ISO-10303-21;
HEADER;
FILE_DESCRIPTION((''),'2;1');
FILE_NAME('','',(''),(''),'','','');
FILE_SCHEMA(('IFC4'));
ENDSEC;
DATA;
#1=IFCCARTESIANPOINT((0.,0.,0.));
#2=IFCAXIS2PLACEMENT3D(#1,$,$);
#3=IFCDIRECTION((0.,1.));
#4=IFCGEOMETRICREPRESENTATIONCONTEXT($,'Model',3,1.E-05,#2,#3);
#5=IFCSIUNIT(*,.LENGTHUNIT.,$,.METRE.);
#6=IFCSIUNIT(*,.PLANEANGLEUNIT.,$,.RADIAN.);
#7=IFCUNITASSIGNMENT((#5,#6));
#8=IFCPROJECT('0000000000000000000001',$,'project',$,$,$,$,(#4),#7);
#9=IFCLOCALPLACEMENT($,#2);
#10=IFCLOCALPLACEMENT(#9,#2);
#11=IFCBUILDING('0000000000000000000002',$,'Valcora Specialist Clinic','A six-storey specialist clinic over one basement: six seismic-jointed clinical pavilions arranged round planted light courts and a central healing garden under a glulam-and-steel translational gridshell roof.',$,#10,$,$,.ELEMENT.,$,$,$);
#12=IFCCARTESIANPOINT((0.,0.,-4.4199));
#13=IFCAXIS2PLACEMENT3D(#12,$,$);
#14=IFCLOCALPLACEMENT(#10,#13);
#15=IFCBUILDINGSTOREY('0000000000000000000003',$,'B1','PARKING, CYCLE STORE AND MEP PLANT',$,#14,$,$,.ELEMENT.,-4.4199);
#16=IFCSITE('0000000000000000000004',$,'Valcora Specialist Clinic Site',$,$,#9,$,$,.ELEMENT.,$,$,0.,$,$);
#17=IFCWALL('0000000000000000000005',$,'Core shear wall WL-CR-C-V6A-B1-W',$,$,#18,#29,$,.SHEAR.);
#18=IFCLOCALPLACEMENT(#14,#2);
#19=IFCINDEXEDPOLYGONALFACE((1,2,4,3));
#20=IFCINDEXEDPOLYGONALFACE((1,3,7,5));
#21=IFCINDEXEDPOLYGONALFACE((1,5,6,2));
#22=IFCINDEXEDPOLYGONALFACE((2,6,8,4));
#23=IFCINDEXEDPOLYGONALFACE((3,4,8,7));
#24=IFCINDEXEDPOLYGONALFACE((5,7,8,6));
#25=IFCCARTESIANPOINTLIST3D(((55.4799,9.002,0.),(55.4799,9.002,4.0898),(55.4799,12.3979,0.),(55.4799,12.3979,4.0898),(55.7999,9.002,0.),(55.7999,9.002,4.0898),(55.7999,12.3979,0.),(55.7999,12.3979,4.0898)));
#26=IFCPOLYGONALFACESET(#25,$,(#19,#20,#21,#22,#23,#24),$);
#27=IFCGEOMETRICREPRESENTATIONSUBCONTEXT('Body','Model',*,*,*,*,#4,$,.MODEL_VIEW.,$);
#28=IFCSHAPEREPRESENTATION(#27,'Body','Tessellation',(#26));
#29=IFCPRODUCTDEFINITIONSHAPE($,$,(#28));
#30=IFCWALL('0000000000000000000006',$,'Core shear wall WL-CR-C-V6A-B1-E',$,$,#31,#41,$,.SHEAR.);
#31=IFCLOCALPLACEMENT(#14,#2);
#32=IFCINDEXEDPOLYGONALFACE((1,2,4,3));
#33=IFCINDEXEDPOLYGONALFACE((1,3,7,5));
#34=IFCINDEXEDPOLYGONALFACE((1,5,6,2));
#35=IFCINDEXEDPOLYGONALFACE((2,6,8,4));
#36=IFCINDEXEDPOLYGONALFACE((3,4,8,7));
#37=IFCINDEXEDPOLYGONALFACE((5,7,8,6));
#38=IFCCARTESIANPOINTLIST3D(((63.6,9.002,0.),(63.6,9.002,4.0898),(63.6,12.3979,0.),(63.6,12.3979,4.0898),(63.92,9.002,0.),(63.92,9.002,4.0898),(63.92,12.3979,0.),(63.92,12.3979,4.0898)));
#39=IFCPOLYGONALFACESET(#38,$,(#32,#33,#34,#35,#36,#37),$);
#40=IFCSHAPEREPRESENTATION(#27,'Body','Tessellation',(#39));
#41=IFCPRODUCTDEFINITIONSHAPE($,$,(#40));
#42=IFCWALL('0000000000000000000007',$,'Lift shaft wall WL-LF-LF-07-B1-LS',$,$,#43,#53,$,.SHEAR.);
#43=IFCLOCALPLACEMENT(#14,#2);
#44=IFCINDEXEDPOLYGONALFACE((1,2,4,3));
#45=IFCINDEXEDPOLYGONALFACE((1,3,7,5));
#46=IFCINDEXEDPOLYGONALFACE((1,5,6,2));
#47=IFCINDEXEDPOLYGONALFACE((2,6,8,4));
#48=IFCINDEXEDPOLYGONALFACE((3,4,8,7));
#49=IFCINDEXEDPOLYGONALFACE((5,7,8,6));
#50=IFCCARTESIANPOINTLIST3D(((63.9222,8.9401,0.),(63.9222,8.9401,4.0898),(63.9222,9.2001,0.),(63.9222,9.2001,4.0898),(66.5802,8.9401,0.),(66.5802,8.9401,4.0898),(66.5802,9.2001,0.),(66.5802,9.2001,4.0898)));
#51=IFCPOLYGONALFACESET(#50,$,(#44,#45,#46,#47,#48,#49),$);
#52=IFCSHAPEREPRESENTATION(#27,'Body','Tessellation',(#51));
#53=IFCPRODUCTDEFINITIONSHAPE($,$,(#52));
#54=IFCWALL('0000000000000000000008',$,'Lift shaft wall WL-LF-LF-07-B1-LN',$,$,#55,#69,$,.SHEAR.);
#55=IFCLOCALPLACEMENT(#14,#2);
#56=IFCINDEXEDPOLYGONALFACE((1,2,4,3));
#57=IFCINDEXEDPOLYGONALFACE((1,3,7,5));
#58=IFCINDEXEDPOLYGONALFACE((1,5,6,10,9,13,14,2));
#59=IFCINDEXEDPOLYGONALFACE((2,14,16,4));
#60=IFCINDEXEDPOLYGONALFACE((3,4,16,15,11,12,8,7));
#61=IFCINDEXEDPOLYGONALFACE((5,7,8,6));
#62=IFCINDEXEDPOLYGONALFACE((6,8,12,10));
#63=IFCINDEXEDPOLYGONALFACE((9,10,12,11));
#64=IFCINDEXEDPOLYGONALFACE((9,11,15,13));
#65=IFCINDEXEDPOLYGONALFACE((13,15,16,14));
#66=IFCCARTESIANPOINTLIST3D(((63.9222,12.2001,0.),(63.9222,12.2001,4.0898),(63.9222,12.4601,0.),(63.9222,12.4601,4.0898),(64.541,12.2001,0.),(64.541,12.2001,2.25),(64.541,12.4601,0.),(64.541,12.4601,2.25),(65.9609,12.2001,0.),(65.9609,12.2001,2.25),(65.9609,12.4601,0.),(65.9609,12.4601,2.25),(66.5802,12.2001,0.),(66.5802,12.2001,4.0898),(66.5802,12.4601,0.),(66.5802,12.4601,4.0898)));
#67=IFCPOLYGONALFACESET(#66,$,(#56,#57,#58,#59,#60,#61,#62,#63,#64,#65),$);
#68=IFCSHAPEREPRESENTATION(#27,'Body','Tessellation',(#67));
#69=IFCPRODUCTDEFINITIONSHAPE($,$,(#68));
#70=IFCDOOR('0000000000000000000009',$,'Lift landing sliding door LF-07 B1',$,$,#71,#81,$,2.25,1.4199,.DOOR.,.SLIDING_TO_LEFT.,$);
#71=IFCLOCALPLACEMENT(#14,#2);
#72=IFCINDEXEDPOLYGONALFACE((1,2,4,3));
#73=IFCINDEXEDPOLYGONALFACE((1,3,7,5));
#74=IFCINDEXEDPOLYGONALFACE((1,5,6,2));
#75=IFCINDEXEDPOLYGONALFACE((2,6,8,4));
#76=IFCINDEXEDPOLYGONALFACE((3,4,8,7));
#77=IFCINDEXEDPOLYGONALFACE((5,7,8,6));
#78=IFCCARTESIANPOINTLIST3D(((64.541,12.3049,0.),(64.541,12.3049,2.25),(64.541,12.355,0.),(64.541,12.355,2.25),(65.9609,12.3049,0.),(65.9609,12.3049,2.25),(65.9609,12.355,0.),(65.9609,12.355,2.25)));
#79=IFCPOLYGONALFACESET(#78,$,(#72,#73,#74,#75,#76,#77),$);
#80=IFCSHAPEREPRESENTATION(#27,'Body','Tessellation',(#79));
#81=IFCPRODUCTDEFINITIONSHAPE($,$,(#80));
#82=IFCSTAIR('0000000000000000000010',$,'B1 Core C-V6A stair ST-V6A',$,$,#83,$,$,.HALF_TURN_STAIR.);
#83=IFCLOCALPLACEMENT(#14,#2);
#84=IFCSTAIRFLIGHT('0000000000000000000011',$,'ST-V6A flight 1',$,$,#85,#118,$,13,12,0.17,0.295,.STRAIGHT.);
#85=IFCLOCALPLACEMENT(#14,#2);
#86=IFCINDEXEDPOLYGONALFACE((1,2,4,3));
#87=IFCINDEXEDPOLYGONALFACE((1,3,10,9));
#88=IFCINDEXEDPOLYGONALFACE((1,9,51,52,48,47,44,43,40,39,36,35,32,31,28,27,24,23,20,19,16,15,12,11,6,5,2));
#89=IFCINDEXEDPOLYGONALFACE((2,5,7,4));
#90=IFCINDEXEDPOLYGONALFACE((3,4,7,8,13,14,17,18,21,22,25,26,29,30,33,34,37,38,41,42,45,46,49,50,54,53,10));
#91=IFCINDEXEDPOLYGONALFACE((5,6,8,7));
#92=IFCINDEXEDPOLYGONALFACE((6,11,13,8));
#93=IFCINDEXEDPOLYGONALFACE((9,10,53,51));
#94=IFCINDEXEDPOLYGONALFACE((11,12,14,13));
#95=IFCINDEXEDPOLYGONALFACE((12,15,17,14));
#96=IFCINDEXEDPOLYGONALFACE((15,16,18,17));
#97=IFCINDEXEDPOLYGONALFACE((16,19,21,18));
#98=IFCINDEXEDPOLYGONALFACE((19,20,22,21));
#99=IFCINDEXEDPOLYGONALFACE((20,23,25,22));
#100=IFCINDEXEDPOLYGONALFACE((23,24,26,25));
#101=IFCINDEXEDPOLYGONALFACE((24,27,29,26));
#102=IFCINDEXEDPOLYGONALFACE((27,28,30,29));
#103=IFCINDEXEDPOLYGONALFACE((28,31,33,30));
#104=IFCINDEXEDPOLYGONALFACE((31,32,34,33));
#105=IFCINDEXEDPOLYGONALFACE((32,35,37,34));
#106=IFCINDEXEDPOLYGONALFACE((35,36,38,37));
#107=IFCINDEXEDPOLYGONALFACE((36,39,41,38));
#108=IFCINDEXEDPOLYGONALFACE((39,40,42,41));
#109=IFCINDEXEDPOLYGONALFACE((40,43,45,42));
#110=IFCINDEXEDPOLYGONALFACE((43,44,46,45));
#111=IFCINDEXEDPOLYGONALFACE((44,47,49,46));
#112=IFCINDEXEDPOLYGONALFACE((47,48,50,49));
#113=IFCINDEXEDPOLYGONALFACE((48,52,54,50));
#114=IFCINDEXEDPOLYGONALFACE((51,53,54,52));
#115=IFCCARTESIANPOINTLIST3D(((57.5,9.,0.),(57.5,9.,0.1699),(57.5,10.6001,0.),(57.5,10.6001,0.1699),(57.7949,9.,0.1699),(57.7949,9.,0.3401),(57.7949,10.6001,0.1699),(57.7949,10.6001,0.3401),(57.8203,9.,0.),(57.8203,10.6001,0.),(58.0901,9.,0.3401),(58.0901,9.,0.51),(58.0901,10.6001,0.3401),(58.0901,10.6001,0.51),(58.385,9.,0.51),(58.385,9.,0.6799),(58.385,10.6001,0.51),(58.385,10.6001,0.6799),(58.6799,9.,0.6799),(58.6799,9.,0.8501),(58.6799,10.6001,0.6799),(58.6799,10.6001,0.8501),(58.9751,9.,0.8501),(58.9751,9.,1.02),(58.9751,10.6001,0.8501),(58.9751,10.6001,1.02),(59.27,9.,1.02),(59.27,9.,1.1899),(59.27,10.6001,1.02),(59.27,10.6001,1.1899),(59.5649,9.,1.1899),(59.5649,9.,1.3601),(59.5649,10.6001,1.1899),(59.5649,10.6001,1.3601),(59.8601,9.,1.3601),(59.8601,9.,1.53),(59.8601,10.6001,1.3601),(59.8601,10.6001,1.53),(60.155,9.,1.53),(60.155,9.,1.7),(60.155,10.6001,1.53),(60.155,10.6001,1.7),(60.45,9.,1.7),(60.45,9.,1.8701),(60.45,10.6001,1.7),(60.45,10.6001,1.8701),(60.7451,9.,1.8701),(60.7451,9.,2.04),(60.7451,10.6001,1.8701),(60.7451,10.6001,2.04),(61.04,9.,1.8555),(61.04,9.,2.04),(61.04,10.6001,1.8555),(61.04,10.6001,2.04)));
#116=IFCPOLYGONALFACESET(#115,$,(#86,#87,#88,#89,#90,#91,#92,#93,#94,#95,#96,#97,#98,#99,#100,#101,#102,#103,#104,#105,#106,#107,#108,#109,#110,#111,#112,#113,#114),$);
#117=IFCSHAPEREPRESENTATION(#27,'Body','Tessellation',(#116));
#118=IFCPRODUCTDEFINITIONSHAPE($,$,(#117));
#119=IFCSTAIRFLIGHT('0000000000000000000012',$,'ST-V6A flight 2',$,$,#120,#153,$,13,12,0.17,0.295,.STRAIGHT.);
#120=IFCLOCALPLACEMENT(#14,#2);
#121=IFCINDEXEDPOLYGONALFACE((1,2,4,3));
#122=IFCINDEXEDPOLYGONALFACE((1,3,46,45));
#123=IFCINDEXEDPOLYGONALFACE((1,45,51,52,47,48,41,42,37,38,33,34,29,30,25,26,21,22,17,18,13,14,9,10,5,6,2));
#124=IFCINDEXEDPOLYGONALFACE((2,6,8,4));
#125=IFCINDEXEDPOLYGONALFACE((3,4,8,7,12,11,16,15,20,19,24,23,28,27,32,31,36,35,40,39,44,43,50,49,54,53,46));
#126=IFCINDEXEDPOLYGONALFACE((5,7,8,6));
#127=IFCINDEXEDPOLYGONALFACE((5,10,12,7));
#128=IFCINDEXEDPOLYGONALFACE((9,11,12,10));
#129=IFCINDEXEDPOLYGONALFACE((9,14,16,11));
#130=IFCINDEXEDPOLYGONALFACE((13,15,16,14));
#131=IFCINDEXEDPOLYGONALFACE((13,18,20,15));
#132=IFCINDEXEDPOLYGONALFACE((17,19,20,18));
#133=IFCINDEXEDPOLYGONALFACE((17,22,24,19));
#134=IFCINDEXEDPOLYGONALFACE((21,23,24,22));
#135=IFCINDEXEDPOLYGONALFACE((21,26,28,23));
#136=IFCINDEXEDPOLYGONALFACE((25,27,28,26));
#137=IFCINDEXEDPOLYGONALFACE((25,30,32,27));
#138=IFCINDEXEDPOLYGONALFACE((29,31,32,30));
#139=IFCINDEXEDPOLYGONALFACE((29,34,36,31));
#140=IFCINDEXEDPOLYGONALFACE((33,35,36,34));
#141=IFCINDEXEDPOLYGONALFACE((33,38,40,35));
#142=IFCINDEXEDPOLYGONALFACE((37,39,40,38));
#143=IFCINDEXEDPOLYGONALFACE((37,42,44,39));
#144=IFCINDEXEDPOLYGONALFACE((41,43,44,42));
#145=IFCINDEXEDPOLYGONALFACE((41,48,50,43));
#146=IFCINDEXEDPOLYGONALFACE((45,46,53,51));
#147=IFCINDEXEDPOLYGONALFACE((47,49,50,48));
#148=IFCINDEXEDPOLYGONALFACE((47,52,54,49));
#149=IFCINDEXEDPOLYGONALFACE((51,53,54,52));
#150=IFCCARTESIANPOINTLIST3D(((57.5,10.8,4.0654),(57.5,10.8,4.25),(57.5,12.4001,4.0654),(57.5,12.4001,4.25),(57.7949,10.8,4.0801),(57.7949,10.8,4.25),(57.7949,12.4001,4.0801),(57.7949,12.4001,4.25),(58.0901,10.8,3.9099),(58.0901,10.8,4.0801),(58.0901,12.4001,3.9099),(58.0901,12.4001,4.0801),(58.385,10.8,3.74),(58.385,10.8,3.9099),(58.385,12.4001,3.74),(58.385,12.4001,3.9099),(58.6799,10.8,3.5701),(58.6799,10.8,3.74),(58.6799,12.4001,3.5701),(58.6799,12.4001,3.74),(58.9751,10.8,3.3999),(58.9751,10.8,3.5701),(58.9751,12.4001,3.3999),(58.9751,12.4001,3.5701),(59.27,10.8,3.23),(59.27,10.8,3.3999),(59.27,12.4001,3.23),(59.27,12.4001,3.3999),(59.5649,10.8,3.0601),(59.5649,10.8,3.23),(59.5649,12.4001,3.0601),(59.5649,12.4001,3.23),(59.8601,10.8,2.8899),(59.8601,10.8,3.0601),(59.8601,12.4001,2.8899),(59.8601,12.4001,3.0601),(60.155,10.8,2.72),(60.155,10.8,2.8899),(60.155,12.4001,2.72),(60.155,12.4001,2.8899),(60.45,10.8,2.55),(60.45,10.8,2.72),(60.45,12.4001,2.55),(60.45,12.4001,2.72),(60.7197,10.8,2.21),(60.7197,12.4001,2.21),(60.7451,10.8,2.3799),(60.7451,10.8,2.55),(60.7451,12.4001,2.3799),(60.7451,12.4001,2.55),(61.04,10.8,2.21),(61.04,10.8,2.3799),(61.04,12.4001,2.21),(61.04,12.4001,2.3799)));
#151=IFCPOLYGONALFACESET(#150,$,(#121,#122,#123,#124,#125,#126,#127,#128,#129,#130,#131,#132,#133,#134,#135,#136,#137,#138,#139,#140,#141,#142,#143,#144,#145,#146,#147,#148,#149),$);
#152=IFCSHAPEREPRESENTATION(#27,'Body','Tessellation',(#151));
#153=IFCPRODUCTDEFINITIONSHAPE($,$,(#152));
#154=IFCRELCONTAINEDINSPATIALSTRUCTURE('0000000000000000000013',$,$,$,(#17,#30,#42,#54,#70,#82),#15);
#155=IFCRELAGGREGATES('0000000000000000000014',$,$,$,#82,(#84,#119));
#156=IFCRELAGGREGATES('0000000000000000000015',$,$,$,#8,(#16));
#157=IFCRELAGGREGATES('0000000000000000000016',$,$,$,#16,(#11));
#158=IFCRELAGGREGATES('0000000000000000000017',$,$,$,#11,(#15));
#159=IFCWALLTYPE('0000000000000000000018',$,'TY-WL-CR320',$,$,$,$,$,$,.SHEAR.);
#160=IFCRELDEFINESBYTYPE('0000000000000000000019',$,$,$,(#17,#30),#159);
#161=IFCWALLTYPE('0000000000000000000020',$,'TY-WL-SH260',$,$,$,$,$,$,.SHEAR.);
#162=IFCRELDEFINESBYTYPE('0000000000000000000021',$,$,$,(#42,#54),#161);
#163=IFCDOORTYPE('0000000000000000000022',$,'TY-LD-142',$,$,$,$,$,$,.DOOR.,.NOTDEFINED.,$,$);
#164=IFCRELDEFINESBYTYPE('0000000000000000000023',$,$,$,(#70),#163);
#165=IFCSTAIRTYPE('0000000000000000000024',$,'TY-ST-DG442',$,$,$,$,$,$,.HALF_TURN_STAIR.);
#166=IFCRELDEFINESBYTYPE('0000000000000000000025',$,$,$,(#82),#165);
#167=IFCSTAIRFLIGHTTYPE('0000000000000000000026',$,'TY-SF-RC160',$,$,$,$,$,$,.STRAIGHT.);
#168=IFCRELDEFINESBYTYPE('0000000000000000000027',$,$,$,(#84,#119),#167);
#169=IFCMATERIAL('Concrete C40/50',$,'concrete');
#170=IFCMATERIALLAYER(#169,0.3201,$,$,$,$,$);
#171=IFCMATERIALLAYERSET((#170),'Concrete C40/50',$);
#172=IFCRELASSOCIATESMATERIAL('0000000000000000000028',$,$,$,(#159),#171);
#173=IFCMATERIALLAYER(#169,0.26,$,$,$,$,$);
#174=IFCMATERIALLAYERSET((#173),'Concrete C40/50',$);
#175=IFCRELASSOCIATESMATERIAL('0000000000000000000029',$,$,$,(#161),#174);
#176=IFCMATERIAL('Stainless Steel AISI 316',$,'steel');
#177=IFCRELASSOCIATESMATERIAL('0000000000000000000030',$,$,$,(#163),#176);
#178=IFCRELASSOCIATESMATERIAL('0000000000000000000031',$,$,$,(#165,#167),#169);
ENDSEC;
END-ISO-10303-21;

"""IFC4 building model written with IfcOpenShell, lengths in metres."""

from ifc_helpers import new_model, si_unit, direction, frame, frame_2d, origin, place, context, subcontext, project, spatial, polyline, rectangle, outline, extrude, material, layer, layer_set, type_object, element, fill, aggregate, save


model = new_model("IFC4")

# Units and contexts
model_context = context("Model", 3, precision=1e-05, world=origin(), true_north=direction((0.0, 1.0)))
body_context = subcontext(model_context, "Body", "Model", "MODEL_VIEW")
ifc_project = project(units=[si_unit("LENGTHUNIT", "METRE"), si_unit("PLANEANGLEUNIT", "RADIAN")], contexts=[model_context])

# Site, building, storey
site_placement = place(None, origin())
site = spatial("IfcSite", under=ifc_project, at=site_placement, Name="Valcora Specialist Clinic Site", CompositionType="ELEMENT", RefElevation=0.0)
building_placement = place(site_placement, origin())
building = spatial("IfcBuilding", under=site, at=building_placement, Name="Valcora Specialist Clinic", Description="A six-storey specialist clinic over one basement: six seismic-jointed clinical pavilions arranged round planted light courts and a central healing garden under a glulam-and-steel translational gridshell roof.", CompositionType="ELEMENT")
storey_placement = place(building_placement, frame((0.0, 0.0, -4.4199)))
storey = spatial("IfcBuildingStorey", under=building, at=storey_placement, Name="B1", Description="PARKING, CYCLE STORE AND MEP PLANT", CompositionType="ELEMENT", Elevation=-4.4199)

# Shared definitions
ifc_material_1 = material(Name="Concrete C40/50", Category="concrete")

# Shared definitions
ifc_layer_1 = layer(ifc_material_1, 0.3201)
ifc_layer_set_1 = layer_set([ifc_layer_1], Name="Concrete C40/50")
wall_type_1 = type_object("IfcWallType", Name="TY-WL-CR320", PredefinedType="SHEAR", material=ifc_layer_set_1)

# Walls
for number, where, z_axis, x_axis, name in (
    (1, (55.6399, 9.002, 0.0), (0.0, 0.0, 1.0), (0.0, 1.0, 0.0), "Core shear wall WL-CR-C-V6A-B1-W"),
    (2, (63.76, 9.002, 0.0), (0.0, 0.0, 1.0), (0.0, 1.0, 0.0), "Core shear wall WL-CR-C-V6A-B1-E"),
):
    element("IfcWall", number, at=place(storey_placement, frame(where, z_axis=z_axis, x_axis=x_axis)), inside=storey, type_object=wall_type_1, Name=name, PredefinedType="SHEAR", context=body_context, shape_type="SweptSolid", body=[
        extrude(rectangle(XDim=3.396, YDim=0.3201, at=frame_2d((1.698, 0.0))), origin(), (0.0, 0.0, 1.0), 4.0898),
    ])
ifc_layer_2 = layer(ifc_material_1, 0.26)
ifc_layer_set_2 = layer_set([ifc_layer_2], Name="Concrete C40/50")
wall_type_2 = type_object("IfcWallType", Name="TY-WL-SH260", PredefinedType="SHEAR", material=ifc_layer_set_2)
wall_1_placement = place(storey_placement, frame((63.9221, 9.0701, 0.0), z_axis=(0.0, 0.0, 1.0), x_axis=(1.0, 0.0, 0.0)))
element("IfcWall", 3, at=wall_1_placement, inside=storey, type_object=wall_type_2, Name="Lift shaft wall WL-LF-LF-07-B1-LS", PredefinedType="SHEAR", context=body_context, shape_type="SweptSolid", body=[
    extrude(rectangle(XDim=2.658, YDim=0.26, at=frame_2d((1.3291, 0.0))), origin(), (0.0, 0.0, 1.0), 4.0898),
])

# Wall, opening, door
wall_2_placement = place(storey_placement, frame((63.9221, 12.3301, 0.0), z_axis=(0.0, 0.0, 1.0), x_axis=(1.0, 0.0, 0.0)))
wall_2 = element("IfcWall", 4, at=wall_2_placement, inside=storey, type_object=wall_type_2, Name="Lift shaft wall WL-LF-LF-07-B1-LN", PredefinedType="SHEAR", context=body_context, shape_type="SweptSolid", body=[
    extrude(rectangle(XDim=2.658, YDim=0.26, at=frame_2d((1.3291, 0.0))), origin(), (0.0, 0.0, 1.0), 4.0898),
])
opening_1_placement = place(wall_2_placement, frame((0.6189, 0.0, 0.0)))
opening_1 = element("IfcOpeningElement", 5, at=opening_1_placement, cuts=wall_2, PredefinedType="OPENING", context=body_context, shape_type="SweptSolid", body=[
    extrude(rectangle(XDim=1.4199, YDim=2.25, at=frame_2d((0.71, 1.125))), frame((0.0, 0.1399, 0.0), z_axis=(0.0, -1.0, 0.0), x_axis=(1.0, 0.0, 0.0)), (0.0, 0.0, 1.0), 0.28),
])
ifc_material_2 = material(Name="Stainless Steel AISI 316", Category="steel")
door_type_1 = type_object("IfcDoorType", Name="TY-LD-142", OperationType="NOTDEFINED", PredefinedType="DOOR", material=ifc_material_2)
door_1_placement = place(opening_1_placement, origin())
door_1 = element("IfcDoor", 6, at=door_1_placement, inside=storey, type_object=door_type_1, Name="Lift landing sliding door LF-07 B1", OperationType="SLIDING_TO_LEFT", OverallHeight=2.25, OverallWidth=1.4199, PredefinedType="DOOR", context=body_context, shape_type="SweptSolid", body=[
    extrude(rectangle(XDim=1.4199, YDim=2.25, at=frame_2d((0.71, 1.125))), frame((0.0, 0.0249, 0.0), z_axis=(0.0, -1.0, 0.0), x_axis=(1.0, 0.0, 0.0)), (0.0, 0.0, 1.0), 0.05),
])
fill(opening_1, door_1)

# Stair, stair flights
stair_type = type_object("IfcStairType", Name="TY-ST-DG442", PredefinedType="HALF_TURN_STAIR", material=ifc_material_1)
stair_placement = place(storey_placement, origin())
stair = element("IfcStair", 7, at=stair_placement, inside=storey, type_object=stair_type, Name="B1 Core C-V6A stair ST-V6A", PredefinedType="HALF_TURN_STAIR")
stair_flight_type = type_object("IfcStairFlightType", Name="TY-SF-RC160", PredefinedType="STRAIGHT", material=ifc_material_1)
stair_flight_1_placement = place(storey_placement, frame((57.5, 9.8, 0.0), z_axis=(0.0, 0.0, 1.0), x_axis=(1.0, 0.0, 0.0)))
stair_flight_1 = element("IfcStairFlight", 8, at=stair_flight_1_placement, type_object=stair_flight_type, Name="ST-V6A flight 1", NumberOfRisers=13, NumberOfTreads=12, PredefinedType="STRAIGHT", RiserHeight=0.17, TreadLength=0.295, context=body_context, shape_type="SweptSolid", body=[
    extrude(outline(polyline([(0.0, 0.0), (0.0, 0.1699), (0.2949, 0.1699), (0.2949, 0.3401), (0.5901, 0.3401), (0.5901, 0.51), (0.885, 0.51), (0.885, 0.6799), (1.1799, 0.6799), (1.1799, 0.8501), (1.4751, 0.8501), (1.4751, 1.02), (1.77, 1.02), (1.77, 1.1899), (2.0649, 1.1899), (2.0649, 1.3601), (2.3601, 1.3601), (2.3601, 1.53), (2.655, 1.53), (2.655, 1.7), (2.95, 1.7), (2.95, 1.8701), (3.2451, 1.8701), (3.2451, 2.04), (3.54, 2.04), (3.54, 2.21), (3.54, 1.8555), (0.3203, 0.0), (0.0, 0.0)])), frame((0.0, 0.8, 0.0), z_axis=(0.0, -1.0, 0.0), x_axis=(1.0, 0.0, 0.0)), (0.0, 0.0, 1.0), 1.6001),
])
stair_flight_2_placement = place(storey_placement, frame((61.04, 11.6001, 2.21), z_axis=(0.0, 0.0, 1.0), x_axis=(-1.0, 0.0, 0.0)))
stair_flight_2 = element("IfcStairFlight", 9, at=stair_flight_2_placement, type_object=stair_flight_type, Name="ST-V6A flight 2", NumberOfRisers=13, NumberOfTreads=12, PredefinedType="STRAIGHT", RiserHeight=0.17, TreadLength=0.295, context=body_context, shape_type="SweptSolid", body=[
    extrude(outline(polyline([(0.0, 0.0), (0.0, 0.1699), (0.2949, 0.1699), (0.2949, 0.3401), (0.5901, 0.3401), (0.5901, 0.51), (0.885, 0.51), (0.885, 0.6799), (1.1799, 0.6799), (1.1799, 0.8501), (1.4751, 0.8501), (1.4751, 1.02), (1.77, 1.02), (1.77, 1.1899), (2.0649, 1.1899), (2.0649, 1.3601), (2.3601, 1.3601), (2.3601, 1.53), (2.655, 1.53), (2.655, 1.7), (2.95, 1.7), (2.95, 1.8701), (3.2451, 1.8701), (3.2451, 2.04), (3.54, 2.04), (3.54, 2.21), (3.54, 1.8555), (0.3203, 0.0), (0.0, 0.0)])), frame((0.0, 0.8, 0.0), z_axis=(0.0, -1.0, 0.0), x_axis=(1.0, 0.0, 0.0)), (0.0, 0.0, 1.0), 1.6001),
])
aggregate(stair, [stair_flight_1, stair_flight_2])

save(model, "model.ifc")
